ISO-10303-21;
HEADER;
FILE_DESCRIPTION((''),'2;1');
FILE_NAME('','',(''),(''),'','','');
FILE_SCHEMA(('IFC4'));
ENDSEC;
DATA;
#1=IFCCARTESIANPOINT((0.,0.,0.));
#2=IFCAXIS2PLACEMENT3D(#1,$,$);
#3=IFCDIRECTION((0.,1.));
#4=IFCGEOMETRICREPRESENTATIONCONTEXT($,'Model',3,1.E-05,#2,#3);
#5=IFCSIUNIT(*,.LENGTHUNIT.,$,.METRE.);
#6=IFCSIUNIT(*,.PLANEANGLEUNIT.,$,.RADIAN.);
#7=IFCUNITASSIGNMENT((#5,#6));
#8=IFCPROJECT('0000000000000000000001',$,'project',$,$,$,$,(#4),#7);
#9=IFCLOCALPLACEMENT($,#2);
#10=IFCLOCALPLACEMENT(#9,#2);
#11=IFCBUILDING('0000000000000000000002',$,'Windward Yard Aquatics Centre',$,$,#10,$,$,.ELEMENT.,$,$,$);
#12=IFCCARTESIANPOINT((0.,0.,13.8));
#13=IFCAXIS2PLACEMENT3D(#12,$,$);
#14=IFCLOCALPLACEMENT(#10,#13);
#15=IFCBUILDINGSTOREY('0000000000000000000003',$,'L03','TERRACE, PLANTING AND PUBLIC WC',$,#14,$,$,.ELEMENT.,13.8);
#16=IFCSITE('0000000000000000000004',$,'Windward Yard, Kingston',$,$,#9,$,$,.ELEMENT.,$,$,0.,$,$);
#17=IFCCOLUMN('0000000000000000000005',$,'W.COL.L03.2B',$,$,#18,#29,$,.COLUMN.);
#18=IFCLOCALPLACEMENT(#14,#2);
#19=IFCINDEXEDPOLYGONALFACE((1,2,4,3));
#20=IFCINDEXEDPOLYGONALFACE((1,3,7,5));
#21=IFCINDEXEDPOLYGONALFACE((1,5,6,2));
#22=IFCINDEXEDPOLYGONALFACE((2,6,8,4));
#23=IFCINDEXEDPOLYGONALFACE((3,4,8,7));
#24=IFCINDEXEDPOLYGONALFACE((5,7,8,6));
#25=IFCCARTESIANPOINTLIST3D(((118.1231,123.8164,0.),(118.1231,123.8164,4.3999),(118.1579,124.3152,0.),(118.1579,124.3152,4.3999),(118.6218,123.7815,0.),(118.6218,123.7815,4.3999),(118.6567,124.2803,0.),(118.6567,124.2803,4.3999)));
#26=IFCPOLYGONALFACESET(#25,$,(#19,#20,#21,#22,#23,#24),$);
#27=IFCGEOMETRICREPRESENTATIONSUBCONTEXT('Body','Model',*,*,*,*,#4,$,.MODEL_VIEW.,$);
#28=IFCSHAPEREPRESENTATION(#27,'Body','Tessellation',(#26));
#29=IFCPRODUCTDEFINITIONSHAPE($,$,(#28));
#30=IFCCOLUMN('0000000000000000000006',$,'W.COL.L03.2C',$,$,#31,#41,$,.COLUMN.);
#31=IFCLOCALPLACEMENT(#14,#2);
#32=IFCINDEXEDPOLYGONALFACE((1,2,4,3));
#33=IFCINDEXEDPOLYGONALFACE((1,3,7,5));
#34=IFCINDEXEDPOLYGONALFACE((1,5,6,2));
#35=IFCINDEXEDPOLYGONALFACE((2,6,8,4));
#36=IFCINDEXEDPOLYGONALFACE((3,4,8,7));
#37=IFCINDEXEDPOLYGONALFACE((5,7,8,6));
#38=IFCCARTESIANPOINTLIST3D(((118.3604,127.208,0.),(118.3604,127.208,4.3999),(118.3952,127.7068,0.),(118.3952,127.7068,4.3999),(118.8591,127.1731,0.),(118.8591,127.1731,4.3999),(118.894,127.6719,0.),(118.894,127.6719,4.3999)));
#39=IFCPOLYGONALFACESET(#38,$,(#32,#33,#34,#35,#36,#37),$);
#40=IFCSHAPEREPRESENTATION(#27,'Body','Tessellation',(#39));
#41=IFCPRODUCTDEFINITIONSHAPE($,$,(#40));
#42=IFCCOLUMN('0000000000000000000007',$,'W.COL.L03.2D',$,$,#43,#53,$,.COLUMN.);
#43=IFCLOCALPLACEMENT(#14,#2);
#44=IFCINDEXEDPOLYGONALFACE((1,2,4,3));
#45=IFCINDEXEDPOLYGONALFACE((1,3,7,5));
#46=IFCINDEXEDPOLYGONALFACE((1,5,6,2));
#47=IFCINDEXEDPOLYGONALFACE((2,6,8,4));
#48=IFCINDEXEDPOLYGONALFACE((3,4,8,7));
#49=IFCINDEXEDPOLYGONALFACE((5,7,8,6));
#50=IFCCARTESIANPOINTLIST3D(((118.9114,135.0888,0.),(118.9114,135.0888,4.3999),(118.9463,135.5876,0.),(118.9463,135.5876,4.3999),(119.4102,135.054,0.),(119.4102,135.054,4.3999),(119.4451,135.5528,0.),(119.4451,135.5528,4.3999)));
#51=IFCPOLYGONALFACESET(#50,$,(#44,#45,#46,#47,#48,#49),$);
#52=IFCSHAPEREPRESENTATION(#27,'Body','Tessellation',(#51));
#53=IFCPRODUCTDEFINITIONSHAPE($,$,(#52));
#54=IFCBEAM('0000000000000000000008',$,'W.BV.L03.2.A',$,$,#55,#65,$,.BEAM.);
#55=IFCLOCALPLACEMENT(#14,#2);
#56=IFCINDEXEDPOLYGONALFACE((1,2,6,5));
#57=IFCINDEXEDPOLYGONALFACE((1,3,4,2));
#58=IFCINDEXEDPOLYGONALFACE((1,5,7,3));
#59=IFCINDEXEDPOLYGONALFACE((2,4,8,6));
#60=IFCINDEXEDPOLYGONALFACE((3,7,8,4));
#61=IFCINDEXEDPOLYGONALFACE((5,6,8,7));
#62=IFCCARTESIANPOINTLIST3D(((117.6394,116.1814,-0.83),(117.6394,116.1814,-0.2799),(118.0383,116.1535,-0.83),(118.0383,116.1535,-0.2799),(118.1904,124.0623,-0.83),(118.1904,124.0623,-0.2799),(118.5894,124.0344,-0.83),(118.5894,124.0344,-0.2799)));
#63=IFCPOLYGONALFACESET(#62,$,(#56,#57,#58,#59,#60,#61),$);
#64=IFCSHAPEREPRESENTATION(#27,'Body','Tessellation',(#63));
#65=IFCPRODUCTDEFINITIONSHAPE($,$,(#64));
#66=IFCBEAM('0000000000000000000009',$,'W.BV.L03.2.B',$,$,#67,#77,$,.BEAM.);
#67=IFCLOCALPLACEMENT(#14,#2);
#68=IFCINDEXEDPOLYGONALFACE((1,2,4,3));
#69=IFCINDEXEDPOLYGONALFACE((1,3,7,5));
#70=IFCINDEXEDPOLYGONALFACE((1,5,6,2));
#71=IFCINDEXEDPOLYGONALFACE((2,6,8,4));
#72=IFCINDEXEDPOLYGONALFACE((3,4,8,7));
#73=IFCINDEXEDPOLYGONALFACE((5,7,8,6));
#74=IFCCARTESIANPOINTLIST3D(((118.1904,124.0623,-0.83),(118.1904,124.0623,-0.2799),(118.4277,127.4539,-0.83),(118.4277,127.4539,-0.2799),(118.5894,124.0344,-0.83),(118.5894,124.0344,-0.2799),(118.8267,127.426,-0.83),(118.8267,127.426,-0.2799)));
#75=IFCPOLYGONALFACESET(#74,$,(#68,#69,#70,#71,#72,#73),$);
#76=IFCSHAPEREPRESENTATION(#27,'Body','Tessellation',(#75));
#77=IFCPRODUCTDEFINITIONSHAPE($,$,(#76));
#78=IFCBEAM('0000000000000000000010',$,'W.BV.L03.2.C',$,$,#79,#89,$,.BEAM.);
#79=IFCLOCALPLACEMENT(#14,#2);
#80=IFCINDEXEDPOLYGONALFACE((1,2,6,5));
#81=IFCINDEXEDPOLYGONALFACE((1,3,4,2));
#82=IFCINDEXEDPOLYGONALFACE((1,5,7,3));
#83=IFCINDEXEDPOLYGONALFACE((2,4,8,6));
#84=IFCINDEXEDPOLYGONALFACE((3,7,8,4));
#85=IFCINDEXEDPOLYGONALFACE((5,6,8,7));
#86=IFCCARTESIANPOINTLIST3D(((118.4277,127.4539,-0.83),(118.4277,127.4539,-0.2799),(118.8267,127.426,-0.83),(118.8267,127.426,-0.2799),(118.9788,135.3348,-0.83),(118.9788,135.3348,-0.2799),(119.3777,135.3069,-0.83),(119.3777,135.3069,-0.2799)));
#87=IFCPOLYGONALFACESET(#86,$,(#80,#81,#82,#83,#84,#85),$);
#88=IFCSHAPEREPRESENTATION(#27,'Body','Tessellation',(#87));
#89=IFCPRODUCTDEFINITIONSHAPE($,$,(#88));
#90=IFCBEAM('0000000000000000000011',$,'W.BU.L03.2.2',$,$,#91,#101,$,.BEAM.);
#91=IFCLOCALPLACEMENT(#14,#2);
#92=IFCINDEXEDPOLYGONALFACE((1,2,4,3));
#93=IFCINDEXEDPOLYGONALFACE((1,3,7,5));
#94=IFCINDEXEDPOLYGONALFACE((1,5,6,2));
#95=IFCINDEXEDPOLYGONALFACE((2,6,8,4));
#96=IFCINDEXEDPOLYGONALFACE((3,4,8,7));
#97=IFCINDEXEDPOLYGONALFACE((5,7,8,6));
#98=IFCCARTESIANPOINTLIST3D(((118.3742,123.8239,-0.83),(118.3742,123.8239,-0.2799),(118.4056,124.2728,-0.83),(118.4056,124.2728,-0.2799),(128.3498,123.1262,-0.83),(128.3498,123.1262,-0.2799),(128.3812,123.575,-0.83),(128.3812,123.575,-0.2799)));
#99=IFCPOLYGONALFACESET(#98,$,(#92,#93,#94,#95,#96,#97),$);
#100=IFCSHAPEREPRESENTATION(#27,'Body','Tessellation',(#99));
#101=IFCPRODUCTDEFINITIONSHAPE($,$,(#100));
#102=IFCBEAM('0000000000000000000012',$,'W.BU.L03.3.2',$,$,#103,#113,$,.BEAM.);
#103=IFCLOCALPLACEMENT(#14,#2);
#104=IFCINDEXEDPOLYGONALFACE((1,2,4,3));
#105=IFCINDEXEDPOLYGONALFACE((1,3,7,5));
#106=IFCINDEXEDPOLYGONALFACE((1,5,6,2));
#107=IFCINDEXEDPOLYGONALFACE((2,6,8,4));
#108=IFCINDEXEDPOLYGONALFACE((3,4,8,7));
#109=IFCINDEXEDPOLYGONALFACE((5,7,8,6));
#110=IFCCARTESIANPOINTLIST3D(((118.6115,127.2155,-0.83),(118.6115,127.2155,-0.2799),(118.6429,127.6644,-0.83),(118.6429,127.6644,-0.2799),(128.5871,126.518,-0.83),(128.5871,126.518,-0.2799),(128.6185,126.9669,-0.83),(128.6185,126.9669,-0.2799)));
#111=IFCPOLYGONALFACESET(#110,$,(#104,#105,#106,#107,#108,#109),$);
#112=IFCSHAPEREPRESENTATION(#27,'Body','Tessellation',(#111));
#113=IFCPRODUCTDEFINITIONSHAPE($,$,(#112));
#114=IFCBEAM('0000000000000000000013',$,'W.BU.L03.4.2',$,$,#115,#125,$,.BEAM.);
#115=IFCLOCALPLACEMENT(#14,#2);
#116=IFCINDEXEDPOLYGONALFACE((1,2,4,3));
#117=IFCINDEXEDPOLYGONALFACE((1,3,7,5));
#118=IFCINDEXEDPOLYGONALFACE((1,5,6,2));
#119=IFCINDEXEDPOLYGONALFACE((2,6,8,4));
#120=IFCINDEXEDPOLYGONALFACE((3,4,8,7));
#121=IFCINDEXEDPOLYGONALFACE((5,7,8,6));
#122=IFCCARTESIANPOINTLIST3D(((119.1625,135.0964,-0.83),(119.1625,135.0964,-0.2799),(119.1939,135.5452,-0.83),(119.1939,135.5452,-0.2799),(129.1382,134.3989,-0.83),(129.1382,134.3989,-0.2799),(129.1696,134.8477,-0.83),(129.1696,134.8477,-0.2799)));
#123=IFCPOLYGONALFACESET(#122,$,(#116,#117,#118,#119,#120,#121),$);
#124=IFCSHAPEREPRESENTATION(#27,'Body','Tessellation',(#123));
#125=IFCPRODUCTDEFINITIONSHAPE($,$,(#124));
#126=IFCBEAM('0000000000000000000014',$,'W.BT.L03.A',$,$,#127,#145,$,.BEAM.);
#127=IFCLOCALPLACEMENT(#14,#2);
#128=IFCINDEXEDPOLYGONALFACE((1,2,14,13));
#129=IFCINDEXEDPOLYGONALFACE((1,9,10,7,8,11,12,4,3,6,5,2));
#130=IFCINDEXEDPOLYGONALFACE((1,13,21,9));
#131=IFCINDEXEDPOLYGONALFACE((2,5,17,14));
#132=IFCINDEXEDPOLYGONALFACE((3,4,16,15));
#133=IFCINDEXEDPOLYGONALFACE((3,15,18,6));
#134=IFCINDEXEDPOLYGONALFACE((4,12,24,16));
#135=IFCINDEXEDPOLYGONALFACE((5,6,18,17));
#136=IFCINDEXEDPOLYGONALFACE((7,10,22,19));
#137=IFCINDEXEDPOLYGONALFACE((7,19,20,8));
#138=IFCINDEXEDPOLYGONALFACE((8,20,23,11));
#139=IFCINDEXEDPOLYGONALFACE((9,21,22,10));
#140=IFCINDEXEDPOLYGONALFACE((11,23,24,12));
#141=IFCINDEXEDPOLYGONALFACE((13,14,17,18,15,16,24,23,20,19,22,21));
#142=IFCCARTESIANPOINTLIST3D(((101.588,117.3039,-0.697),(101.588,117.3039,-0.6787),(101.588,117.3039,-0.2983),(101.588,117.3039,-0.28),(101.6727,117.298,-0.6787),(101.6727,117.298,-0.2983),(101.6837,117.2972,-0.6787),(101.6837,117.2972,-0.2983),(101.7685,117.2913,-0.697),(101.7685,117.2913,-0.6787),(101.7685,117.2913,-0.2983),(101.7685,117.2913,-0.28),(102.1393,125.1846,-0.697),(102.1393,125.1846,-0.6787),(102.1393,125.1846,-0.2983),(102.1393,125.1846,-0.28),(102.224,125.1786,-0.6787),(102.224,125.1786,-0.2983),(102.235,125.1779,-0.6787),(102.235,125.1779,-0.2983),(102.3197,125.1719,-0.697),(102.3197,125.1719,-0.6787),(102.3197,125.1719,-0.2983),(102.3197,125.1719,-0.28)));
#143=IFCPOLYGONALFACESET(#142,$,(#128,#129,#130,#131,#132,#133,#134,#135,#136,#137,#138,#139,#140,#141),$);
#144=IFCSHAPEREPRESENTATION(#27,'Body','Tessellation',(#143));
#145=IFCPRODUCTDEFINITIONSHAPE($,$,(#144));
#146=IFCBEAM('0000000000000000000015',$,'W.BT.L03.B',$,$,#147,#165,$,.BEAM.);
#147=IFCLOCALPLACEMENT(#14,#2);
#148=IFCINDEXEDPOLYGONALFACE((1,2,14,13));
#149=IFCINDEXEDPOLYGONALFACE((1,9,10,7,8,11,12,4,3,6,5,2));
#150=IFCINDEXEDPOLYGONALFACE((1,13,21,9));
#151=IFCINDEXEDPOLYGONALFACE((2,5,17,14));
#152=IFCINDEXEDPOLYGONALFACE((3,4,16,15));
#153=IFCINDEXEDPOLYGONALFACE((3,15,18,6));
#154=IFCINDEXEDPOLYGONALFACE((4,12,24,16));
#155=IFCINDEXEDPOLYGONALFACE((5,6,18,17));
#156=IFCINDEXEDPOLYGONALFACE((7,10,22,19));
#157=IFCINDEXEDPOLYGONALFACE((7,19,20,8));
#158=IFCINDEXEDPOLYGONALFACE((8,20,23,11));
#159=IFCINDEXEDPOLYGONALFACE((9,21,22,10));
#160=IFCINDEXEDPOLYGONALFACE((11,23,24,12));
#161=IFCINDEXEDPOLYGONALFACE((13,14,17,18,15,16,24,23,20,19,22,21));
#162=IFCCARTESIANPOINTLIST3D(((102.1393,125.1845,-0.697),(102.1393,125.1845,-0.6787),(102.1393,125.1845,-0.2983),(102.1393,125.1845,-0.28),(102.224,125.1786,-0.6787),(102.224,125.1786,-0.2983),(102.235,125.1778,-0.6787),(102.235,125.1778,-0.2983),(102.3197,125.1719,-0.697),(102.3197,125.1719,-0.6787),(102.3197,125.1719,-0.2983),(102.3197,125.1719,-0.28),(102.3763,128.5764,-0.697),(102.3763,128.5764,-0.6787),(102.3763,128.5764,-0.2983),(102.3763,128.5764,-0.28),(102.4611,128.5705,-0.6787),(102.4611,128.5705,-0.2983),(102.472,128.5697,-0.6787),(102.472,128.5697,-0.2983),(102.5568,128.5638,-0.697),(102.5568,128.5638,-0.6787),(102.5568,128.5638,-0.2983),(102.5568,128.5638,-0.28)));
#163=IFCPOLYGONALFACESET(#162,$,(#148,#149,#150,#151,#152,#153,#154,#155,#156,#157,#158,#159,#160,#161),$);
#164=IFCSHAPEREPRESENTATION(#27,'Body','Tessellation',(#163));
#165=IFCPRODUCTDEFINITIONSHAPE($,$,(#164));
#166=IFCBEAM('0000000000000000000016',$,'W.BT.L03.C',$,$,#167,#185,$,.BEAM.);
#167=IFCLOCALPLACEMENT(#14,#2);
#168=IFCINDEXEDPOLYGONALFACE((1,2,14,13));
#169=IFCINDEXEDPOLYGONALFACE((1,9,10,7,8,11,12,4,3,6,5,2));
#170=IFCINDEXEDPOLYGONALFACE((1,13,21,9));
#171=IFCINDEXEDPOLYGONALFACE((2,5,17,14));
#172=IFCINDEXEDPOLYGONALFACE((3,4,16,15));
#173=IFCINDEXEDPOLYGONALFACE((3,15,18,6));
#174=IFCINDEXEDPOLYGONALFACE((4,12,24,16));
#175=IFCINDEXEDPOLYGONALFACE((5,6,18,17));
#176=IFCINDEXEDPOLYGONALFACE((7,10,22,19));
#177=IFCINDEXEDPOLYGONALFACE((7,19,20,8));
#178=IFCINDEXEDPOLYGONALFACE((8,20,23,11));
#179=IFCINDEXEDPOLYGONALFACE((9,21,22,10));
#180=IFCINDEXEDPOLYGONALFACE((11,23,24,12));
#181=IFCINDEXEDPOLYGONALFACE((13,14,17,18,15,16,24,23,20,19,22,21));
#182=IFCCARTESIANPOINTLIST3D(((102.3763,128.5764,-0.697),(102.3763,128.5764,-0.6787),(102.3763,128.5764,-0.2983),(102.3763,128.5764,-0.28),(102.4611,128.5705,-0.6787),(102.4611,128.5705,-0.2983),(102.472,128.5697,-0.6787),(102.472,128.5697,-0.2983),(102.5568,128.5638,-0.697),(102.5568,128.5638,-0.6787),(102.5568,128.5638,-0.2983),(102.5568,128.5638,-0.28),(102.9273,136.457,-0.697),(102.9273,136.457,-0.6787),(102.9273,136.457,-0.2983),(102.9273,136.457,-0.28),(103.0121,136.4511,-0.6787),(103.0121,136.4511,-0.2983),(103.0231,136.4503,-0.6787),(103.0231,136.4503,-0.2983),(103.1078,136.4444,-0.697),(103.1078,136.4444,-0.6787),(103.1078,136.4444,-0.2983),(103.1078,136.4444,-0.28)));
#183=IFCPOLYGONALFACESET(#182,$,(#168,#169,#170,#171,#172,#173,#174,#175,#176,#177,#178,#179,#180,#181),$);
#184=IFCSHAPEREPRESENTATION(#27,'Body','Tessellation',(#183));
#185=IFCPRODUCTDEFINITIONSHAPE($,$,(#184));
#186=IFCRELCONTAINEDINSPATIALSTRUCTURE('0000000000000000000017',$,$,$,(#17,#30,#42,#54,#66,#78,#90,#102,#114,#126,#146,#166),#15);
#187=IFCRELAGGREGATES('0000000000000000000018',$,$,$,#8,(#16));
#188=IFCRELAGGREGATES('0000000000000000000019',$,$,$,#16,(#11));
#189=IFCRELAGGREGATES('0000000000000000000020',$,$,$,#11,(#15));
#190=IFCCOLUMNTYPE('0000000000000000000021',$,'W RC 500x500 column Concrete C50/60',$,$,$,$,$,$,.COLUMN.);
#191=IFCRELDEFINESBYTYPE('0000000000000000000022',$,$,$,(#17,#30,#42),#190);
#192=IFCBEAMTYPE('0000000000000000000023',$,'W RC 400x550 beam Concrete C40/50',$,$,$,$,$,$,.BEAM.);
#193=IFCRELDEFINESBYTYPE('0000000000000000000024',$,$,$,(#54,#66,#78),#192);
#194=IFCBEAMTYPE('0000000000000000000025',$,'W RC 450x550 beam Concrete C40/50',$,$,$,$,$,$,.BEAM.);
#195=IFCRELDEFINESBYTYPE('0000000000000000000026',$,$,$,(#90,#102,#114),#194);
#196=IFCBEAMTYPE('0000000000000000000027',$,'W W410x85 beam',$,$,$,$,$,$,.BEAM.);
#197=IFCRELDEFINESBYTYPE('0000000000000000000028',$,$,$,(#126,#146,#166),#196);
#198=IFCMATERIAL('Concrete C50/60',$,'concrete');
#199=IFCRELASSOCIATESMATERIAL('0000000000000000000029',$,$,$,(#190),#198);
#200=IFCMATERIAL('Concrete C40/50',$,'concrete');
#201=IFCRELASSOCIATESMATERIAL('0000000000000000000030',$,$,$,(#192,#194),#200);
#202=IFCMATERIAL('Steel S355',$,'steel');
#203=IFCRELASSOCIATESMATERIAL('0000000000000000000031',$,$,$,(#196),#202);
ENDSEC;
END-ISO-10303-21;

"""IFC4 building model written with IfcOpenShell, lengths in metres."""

from ifc_helpers import new_model, si_unit, direction, frame, origin, origin_2d, place, context, subcontext, project, spatial, rectangle, i_section, extrude, material, material_profile, profile_set, type_object, element, save


model = new_model("IFC4")

# Units and contexts
model_context = context("Model", 3, precision=1e-05, world=origin(), true_north=direction((0.0, 1.0)))
body_context = subcontext(model_context, "Body", "Model", "MODEL_VIEW")
ifc_project = project(units=[si_unit("LENGTHUNIT", "METRE"), si_unit("PLANEANGLEUNIT", "RADIAN")], contexts=[model_context])

# Site, building, storey
site_placement = place(None, origin())
site = spatial("IfcSite", under=ifc_project, at=site_placement, Name="Windward Yard, Kingston", CompositionType="ELEMENT", RefElevation=0.0)
building_placement = place(site_placement, origin())
building = spatial("IfcBuilding", under=site, at=building_placement, Name="Windward Yard Aquatics Centre", CompositionType="ELEMENT")
storey_placement = place(building_placement, frame((0.0, 0.0, 13.8)))
storey = spatial("IfcBuildingStorey", under=building, at=storey_placement, Name="L03", Description="TERRACE, PLANTING AND PUBLIC WC", CompositionType="ELEMENT", Elevation=13.8)

# Columns
ifc_material_1 = material(Name="Concrete C50/60", Category="concrete")
ifc_material_profile_1 = material_profile(ifc_material_1, rectangle(XDim=0.5, YDim=0.5, at=origin_2d()), Name="RC 500x500")
ifc_profile_set_1 = profile_set([ifc_material_profile_1], Name="Concrete C50/60")
column_type = type_object("IfcColumnType", Name="W RC 500x500 column Concrete C50/60", PredefinedType="COLUMN", material=ifc_profile_set_1)
for number, where, z_axis, x_axis, name in (
    (1, (118.3899, 124.0483, 0.0), (0.0, 0.0, 1.0), (0.997564, -0.069756, 0.0), "W.COL.L03.2B"),
    (2, (118.6272, 127.4399, 0.0), (0.0, 0.0, 1.0), (0.997564, -0.069756, 0.0), "W.COL.L03.2C"),
    (3, (119.1782, 135.3208, 0.0), (0.0, 0.0, 1.0), (0.997564, -0.069756, 0.0), "W.COL.L03.2D"),
):
    element("IfcColumn", number, at=place(storey_placement, frame(where, z_axis=z_axis, x_axis=x_axis)), inside=storey, type_object=column_type, Name=name, PredefinedType="COLUMN", context=body_context, shape_type="SweptSolid", body=[
        extrude(rectangle(XDim=0.5, YDim=0.5, at=origin_2d()), origin(), (0.0, 0.0, 1.0), 4.3999),
    ])

# Beams
ifc_material_2 = material(Name="Concrete C40/50", Category="concrete")
ifc_material_profile_2 = material_profile(ifc_material_2, rectangle(XDim=0.3999, YDim=0.55, at=origin_2d()), Name="RC 400x550")
ifc_profile_set_2 = profile_set([ifc_material_profile_2], Name="Concrete C40/50")
beam_type_1 = type_object("IfcBeamType", Name="W RC 400x550 beam Concrete C40/50", PredefinedType="BEAM", material=ifc_profile_set_2)
beam_1_placement = place(storey_placement, frame((117.8389, 116.1675, -0.5549), z_axis=(0.069749, 0.997565, 0.0), x_axis=(-0.997565, 0.069749, 0.0)))
element("IfcBeam", 4, at=beam_1_placement, inside=storey, type_object=beam_type_1, Name="W.BV.L03.2.A", PredefinedType="BEAM", context=body_context, shape_type="SweptSolid", body=[
    extrude(rectangle(XDim=0.3999, YDim=0.55, at=origin_2d()), origin(), (0.0, 0.0, 1.0), 7.9001),
])
beam_2_placement = place(storey_placement, frame((118.3899, 124.0483, -0.5549), z_axis=(0.069798, 0.997561, 0.0), x_axis=(-0.997561, 0.069798, 0.0)))
element("IfcBeam", 5, at=beam_2_placement, inside=storey, type_object=beam_type_1, Name="W.BV.L03.2.B", PredefinedType="BEAM", context=body_context, shape_type="SweptSolid", body=[
    extrude(rectangle(XDim=0.3999, YDim=0.55, at=origin_2d()), origin(), (0.0, 0.0, 1.0), 3.3999),
])
beam_3_placement = place(storey_placement, frame((118.6272, 127.4399, -0.5549), z_axis=(0.069749, 0.997565, 0.0), x_axis=(-0.997565, 0.069749, 0.0)))
element("IfcBeam", 6, at=beam_3_placement, inside=storey, type_object=beam_type_1, Name="W.BV.L03.2.C", PredefinedType="BEAM", context=body_context, shape_type="SweptSolid", body=[
    extrude(rectangle(XDim=0.3999, YDim=0.55, at=origin_2d()), origin(), (0.0, 0.0, 1.0), 7.9001),
])
ifc_material_profile_3 = material_profile(ifc_material_2, rectangle(XDim=0.45, YDim=0.55, at=origin_2d()), Name="RC 450x550")
ifc_profile_set_3 = profile_set([ifc_material_profile_3], Name="Concrete C40/50")
beam_type_2 = type_object("IfcBeamType", Name="W RC 450x550 beam Concrete C40/50", PredefinedType="BEAM", material=ifc_profile_set_3)
for number, where, z_axis, x_axis, name in (
    (7, (118.3899, 124.0483, -0.5549), (0.997563, -0.069776, 0.0), (0.069776, 0.997563, 0.0), "W.BU.L03.2.2"),
    (8, (118.6272, 127.4399, -0.5549), (0.997564, -0.069751, 0.0), (0.069751, 0.997564, 0.0), "W.BU.L03.3.2"),
    (9, (119.1782, 135.3208, -0.5549), (0.997564, -0.069751, 0.0), (0.069751, 0.997564, 0.0), "W.BU.L03.4.2"),
):
    element("IfcBeam", number, at=place(storey_placement, frame(where, z_axis=z_axis, x_axis=x_axis)), inside=storey, type_object=beam_type_2, Name=name, PredefinedType="BEAM", context=body_context, shape_type="SweptSolid", body=[
        extrude(rectangle(XDim=0.45, YDim=0.55, at=origin_2d()), origin(), (0.0, 0.0, 1.0), 10.0),
    ])
ifc_material_3 = material(Name="Steel S355", Category="steel")
ifc_material_profile_4 = material_profile(ifc_material_3, i_section(OverallWidth=0.1809, OverallDepth=0.417, WebThickness=0.011, FlangeThickness=0.0183, at=origin_2d()), Name="W410x85")
ifc_profile_set_4 = profile_set([ifc_material_profile_4], Name="Steel S355")
beam_type_3 = type_object("IfcBeamType", Name="W W410x85 beam", PredefinedType="BEAM", material=ifc_profile_set_4)
beam_4_placement = place(storey_placement, frame((101.6782, 117.2976, -0.4885), z_axis=(0.069782, 0.997562, 0.0), x_axis=(-0.997562, 0.069782, 0.0)))
element("IfcBeam", 10, at=beam_4_placement, inside=storey, type_object=beam_type_3, Name="W.BT.L03.A", PredefinedType="BEAM", context=body_context, shape_type="SweptSolid", body=[
    extrude(i_section(OverallWidth=0.1809, OverallDepth=0.417, WebThickness=0.011, FlangeThickness=0.0183, at=origin_2d()), origin(), (0.0, 0.0, 1.0), 7.8999),
])
beam_5_placement = place(storey_placement, frame((102.2295, 125.1782, -0.4885), z_axis=(0.069721, 0.997567, 0.0), x_axis=(-0.997567, 0.069721, 0.0)))
element("IfcBeam", 11, at=beam_5_placement, inside=storey, type_object=beam_type_3, Name="W.BT.L03.B", PredefinedType="BEAM", context=body_context, shape_type="SweptSolid", body=[
    extrude(i_section(OverallWidth=0.1809, OverallDepth=0.417, WebThickness=0.011, FlangeThickness=0.0183, at=origin_2d()), origin(), (0.0, 0.0, 1.0), 3.4001),
])
beam_6_placement = place(storey_placement, frame((102.4666, 128.5701, -0.4885), z_axis=(0.069751, 0.997564, 0.0), x_axis=(-0.997564, 0.069751, 0.0)))
element("IfcBeam", 12, at=beam_6_placement, inside=storey, type_object=beam_type_3, Name="W.BT.L03.C", PredefinedType="BEAM", context=body_context, shape_type="SweptSolid", body=[
    extrude(i_section(OverallWidth=0.1809, OverallDepth=0.417, WebThickness=0.011, FlangeThickness=0.0183, at=origin_2d()), origin(), (0.0, 0.0, 1.0), 7.8999),
])

save(model, "model.ifc")
